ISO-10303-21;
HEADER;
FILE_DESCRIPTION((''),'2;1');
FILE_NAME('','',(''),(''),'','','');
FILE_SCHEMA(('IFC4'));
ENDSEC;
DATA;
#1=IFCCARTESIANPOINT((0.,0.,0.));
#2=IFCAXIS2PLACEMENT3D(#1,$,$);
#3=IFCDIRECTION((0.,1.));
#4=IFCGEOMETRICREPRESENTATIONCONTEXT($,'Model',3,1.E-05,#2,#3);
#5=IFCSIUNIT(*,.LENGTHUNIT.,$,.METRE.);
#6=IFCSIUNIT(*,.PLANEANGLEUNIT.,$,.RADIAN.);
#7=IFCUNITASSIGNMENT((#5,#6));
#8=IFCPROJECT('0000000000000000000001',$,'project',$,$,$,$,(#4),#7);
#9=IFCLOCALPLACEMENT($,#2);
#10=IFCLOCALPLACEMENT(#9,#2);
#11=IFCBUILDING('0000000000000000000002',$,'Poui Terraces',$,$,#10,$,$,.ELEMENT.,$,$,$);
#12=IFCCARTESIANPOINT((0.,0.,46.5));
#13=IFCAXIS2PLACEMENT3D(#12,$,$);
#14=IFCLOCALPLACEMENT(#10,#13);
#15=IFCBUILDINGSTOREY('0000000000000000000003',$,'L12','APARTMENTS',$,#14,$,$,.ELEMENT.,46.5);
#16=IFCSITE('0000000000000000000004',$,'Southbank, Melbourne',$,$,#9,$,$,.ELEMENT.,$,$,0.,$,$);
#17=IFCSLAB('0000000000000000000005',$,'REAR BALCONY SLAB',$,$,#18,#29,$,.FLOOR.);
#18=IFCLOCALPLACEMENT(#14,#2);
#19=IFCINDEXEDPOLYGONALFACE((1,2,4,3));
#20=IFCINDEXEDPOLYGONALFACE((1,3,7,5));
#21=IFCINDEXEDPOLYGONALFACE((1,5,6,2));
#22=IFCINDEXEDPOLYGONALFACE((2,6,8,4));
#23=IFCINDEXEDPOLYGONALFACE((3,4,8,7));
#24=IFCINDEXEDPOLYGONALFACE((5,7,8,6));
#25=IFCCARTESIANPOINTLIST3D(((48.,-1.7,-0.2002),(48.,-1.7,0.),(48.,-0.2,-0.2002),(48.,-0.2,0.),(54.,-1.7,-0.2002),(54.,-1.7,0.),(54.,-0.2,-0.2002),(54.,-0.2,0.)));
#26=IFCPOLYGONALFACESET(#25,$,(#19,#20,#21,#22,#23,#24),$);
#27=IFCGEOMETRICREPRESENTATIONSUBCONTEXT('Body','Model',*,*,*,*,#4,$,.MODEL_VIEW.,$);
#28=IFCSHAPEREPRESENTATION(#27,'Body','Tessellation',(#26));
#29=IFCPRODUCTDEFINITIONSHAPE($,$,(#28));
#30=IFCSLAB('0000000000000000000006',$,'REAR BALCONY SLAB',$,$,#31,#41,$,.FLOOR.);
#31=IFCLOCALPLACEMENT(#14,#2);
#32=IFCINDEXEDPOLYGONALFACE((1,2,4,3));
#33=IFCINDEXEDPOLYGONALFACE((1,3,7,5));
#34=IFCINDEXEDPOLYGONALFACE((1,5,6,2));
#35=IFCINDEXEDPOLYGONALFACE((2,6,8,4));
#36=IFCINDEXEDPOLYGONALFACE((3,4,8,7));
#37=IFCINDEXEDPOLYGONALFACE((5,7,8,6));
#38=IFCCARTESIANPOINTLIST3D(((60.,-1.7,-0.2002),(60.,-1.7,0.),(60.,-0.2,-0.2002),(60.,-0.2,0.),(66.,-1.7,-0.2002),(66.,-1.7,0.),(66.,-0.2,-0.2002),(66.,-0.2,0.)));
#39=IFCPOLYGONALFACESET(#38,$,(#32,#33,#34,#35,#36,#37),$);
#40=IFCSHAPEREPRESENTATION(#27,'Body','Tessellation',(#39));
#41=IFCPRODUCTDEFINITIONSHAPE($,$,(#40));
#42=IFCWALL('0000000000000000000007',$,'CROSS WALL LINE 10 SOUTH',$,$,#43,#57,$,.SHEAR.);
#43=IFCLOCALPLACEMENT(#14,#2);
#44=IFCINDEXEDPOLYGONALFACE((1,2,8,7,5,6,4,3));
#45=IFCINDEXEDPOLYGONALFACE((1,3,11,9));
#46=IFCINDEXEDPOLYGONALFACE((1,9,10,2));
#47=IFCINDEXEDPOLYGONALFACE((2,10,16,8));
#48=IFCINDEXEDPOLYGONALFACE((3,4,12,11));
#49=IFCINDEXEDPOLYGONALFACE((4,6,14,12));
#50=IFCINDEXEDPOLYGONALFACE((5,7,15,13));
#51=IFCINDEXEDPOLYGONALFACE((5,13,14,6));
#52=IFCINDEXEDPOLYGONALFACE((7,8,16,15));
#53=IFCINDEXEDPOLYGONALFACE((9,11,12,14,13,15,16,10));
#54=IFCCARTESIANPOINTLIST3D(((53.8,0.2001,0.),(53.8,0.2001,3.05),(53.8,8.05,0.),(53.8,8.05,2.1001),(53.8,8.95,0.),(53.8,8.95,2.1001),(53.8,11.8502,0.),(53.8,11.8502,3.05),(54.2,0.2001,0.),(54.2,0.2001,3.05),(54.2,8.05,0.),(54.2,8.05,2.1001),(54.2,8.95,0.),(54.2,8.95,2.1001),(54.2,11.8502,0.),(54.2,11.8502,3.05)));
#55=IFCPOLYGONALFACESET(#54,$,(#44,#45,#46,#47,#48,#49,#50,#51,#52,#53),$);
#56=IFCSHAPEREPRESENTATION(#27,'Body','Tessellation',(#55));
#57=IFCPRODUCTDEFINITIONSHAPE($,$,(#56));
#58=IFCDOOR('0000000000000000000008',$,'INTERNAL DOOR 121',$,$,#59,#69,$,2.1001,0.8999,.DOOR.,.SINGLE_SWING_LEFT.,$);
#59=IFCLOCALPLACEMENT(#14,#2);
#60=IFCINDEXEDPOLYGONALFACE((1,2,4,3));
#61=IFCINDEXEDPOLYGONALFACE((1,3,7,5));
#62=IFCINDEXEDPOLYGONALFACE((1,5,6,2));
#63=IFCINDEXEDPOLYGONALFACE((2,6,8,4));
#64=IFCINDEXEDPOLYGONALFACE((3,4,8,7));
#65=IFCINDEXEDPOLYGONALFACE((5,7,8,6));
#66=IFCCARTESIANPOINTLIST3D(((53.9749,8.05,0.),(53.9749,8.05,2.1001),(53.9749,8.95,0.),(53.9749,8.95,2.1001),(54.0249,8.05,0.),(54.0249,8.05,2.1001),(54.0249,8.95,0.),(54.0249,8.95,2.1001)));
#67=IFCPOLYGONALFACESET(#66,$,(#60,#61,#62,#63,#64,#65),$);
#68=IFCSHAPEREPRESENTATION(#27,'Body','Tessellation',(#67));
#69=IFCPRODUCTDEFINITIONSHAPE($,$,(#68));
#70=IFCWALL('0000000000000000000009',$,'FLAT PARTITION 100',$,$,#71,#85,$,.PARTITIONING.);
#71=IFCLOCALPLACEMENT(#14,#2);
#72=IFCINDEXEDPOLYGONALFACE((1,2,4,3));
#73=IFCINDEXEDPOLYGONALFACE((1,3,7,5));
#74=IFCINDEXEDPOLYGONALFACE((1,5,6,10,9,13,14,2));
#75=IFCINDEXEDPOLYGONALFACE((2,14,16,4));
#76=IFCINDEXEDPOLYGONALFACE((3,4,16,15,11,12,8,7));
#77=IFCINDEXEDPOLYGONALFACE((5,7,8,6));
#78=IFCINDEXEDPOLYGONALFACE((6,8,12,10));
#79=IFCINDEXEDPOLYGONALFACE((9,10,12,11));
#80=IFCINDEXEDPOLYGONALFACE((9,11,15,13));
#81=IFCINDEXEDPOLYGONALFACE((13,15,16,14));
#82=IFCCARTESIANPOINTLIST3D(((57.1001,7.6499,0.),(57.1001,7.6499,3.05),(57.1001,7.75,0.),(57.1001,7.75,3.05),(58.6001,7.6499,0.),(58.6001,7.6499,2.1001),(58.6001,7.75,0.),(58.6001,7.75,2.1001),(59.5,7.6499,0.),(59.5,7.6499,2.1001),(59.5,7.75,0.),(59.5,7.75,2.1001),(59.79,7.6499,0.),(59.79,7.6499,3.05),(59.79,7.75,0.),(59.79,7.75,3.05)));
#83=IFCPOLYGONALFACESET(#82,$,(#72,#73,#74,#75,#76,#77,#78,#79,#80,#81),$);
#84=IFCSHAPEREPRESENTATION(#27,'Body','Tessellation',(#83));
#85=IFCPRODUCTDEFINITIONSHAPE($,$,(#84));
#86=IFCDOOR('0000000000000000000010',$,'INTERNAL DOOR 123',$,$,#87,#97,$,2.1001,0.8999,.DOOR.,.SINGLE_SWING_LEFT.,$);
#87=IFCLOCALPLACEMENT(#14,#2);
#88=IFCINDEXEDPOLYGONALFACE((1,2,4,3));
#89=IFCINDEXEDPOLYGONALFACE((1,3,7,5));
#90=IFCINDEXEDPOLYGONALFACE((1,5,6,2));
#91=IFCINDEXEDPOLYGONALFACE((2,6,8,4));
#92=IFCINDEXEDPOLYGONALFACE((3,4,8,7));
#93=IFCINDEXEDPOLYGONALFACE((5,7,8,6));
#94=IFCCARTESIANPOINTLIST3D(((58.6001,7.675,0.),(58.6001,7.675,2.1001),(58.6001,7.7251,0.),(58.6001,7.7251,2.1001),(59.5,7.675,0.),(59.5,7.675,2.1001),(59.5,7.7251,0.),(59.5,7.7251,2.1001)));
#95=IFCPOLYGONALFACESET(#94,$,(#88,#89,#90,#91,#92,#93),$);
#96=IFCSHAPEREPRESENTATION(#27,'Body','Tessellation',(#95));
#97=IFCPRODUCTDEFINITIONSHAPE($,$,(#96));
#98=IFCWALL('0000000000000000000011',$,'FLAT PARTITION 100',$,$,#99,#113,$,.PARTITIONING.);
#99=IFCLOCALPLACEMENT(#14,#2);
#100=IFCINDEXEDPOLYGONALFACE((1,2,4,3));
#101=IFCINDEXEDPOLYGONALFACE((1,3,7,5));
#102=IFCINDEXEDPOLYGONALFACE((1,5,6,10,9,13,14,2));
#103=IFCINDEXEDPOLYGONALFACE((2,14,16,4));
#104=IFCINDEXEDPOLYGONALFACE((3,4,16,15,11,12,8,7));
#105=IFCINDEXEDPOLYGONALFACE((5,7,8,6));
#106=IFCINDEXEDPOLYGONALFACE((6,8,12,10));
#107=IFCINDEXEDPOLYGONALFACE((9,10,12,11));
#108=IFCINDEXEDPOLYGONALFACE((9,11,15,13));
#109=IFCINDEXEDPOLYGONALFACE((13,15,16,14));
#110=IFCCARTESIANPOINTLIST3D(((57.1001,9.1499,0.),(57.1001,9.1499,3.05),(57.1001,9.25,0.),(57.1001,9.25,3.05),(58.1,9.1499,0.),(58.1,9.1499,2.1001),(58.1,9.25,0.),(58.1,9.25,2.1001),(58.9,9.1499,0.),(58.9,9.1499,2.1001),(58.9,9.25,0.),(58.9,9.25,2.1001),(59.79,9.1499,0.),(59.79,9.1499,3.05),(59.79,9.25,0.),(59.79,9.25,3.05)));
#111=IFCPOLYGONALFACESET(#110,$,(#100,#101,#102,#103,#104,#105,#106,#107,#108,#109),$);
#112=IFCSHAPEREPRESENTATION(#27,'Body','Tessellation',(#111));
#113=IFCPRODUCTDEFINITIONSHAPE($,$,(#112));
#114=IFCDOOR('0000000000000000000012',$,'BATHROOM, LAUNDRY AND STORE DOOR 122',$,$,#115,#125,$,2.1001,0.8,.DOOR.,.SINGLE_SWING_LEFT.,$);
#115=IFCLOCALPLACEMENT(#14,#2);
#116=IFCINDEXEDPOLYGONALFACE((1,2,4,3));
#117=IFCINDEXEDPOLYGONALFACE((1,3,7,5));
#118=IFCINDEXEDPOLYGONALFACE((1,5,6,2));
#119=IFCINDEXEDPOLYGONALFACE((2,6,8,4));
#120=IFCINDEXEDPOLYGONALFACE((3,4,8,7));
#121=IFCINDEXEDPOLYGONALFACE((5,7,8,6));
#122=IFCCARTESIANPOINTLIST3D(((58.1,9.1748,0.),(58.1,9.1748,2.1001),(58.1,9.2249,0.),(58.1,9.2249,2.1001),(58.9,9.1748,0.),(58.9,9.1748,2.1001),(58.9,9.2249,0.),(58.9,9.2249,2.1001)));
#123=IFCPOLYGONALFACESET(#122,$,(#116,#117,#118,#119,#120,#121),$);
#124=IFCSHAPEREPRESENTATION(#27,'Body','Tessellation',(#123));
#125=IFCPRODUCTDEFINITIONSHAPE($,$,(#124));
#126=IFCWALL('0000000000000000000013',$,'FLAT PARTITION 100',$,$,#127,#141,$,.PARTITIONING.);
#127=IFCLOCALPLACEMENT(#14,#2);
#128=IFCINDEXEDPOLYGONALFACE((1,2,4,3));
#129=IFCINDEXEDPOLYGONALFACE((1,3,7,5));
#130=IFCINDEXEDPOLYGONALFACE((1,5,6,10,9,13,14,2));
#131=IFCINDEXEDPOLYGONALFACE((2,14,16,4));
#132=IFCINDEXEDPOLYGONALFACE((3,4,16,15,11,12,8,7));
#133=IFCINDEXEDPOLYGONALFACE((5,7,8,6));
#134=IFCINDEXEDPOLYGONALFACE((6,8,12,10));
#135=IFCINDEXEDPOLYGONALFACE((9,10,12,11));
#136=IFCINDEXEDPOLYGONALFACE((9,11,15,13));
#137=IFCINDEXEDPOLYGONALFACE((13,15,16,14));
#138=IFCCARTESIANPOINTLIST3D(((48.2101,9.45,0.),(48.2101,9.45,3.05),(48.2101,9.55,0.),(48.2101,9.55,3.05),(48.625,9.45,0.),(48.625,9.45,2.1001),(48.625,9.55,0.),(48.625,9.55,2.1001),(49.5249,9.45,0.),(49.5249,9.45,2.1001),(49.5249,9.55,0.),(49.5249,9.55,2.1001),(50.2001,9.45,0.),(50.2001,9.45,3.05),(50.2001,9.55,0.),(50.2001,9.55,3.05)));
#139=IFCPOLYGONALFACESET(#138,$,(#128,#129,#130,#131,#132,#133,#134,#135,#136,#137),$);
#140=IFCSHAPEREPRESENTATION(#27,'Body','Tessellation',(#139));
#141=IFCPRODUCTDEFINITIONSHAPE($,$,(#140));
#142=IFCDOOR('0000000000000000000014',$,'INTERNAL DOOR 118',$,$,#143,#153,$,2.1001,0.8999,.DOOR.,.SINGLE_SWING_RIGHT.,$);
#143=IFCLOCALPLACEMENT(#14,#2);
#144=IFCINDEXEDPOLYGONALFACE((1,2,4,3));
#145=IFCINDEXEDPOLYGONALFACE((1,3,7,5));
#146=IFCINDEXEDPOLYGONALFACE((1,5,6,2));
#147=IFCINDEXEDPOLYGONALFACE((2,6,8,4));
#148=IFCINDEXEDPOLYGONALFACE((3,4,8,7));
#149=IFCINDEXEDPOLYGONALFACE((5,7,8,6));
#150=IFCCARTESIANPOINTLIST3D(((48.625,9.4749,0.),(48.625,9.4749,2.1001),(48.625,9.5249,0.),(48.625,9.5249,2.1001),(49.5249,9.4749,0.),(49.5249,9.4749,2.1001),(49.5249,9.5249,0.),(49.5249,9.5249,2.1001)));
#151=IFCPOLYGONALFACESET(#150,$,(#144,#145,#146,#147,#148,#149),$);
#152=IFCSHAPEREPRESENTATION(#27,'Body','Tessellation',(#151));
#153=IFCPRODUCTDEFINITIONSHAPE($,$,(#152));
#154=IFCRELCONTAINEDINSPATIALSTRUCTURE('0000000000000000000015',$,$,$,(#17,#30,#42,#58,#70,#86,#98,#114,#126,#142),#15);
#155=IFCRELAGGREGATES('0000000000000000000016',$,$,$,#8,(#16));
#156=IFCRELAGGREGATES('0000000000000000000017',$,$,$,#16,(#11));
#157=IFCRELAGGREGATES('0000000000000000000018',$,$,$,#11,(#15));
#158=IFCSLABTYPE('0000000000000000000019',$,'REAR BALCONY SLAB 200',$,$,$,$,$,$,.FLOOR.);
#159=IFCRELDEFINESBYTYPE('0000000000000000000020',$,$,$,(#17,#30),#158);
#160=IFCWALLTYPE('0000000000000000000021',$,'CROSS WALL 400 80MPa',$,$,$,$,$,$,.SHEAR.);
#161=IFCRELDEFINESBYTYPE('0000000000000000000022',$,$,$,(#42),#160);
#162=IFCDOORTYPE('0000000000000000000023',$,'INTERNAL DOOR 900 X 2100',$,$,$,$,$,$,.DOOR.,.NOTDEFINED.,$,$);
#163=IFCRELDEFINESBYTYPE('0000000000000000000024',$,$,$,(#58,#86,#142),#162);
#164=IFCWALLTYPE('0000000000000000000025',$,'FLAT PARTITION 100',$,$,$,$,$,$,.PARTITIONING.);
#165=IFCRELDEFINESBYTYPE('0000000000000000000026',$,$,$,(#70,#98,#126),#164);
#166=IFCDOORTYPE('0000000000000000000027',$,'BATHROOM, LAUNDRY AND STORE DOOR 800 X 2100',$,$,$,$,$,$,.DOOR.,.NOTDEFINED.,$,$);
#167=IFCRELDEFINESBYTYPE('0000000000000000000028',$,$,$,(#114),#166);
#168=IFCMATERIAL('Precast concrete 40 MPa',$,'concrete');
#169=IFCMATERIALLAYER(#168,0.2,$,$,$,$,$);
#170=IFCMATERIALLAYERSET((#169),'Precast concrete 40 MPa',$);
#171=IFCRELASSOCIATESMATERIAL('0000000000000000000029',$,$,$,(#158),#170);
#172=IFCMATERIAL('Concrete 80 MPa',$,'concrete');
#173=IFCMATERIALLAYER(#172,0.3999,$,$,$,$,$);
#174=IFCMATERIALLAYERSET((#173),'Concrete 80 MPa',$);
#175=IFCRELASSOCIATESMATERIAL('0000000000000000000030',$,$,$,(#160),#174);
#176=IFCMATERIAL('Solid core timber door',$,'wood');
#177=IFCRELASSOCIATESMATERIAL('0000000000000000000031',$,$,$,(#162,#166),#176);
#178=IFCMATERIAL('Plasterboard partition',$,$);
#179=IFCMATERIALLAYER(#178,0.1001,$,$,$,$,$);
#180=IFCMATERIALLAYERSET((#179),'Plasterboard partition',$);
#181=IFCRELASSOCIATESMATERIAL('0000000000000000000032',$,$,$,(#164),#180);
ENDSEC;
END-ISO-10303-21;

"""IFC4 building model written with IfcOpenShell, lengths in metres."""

from ifc_helpers import new_model, si_unit, direction, frame, frame_2d, origin, place, context, subcontext, project, spatial, polyline, rectangle, outline, extrude, source, transform, mapped, material, layer, layer_set, type_object, element, fill, save


model = new_model("IFC4")

# Units and contexts
model_context = context("Model", 3, precision=1e-05, world=origin(), true_north=direction((0.0, 1.0)))
body_context = subcontext(model_context, "Body", "Model", "MODEL_VIEW")
ifc_project = project(units=[si_unit("LENGTHUNIT", "METRE"), si_unit("PLANEANGLEUNIT", "RADIAN")], contexts=[model_context])

# Site, building, storey
site_placement = place(None, origin())
site = spatial("IfcSite", under=ifc_project, at=site_placement, Name="Southbank, Melbourne", CompositionType="ELEMENT", RefElevation=0.0)
building_placement = place(site_placement, origin())
building = spatial("IfcBuilding", under=site, at=building_placement, Name="Poui Terraces", CompositionType="ELEMENT")
storey_placement = place(building_placement, frame((0.0, 0.0, 46.5)))
storey = spatial("IfcBuildingStorey", under=building, at=storey_placement, Name="L12", Description="APARTMENTS", CompositionType="ELEMENT", Elevation=46.5)

# Slabs
ifc_material_1 = material(Name="Precast concrete 40 MPa", Category="concrete")
ifc_layer_1 = layer(ifc_material_1, 0.2)
ifc_layer_set_1 = layer_set([ifc_layer_1], Name="Precast concrete 40 MPa")
slab_type = type_object("IfcSlabType", Name="REAR BALCONY SLAB 200", PredefinedType="FLOOR", material=ifc_layer_set_1)
shared_shape_1 = source(origin(), body_context, "Body", "SweptSolid", [
    extrude(outline(polyline([(0.0, 0.0), (6.0, 0.0), (6.0, 1.5), (0.0, 1.5), (0.0, 0.0)])), origin(), (0.0, 0.0, 1.0), 0.2002),
])
for number, where, name in (
    (1, (48.0, -1.7, -0.2002), "REAR BALCONY SLAB"),
    (2, (60.0, -1.7, -0.2002), "REAR BALCONY SLAB"),
):
    element("IfcSlab", number, at=place(storey_placement, frame(where)), inside=storey, type_object=slab_type, Name=name, PredefinedType="FLOOR", context=body_context, shape_type="MappedRepresentation", body=[
        mapped(shared_shape_1, transform((0.0, 0.0, 0.0))),
    ])

# Walls, openings, doors
ifc_material_2 = material(Name="Concrete 80 MPa", Category="concrete")
ifc_layer_2 = layer(ifc_material_2, 0.3999)
ifc_layer_set_2 = layer_set([ifc_layer_2], Name="Concrete 80 MPa")
wall_type_1 = type_object("IfcWallType", Name="CROSS WALL 400 80MPa", PredefinedType="SHEAR", material=ifc_layer_set_2)
wall_1_placement = place(storey_placement, frame((54.0, 0.2, 0.0), z_axis=(0.0, 0.0, 1.0), x_axis=(0.0, 1.0, 0.0)))
wall_1 = element("IfcWall", 3, at=wall_1_placement, inside=storey, type_object=wall_type_1, Name="CROSS WALL LINE 10 SOUTH", PredefinedType="SHEAR", context=body_context, shape_type="SweptSolid", body=[
    extrude(rectangle(XDim=11.6501, YDim=0.3999, at=frame_2d((5.8252, 0.0))), origin(), (0.0, 0.0, 1.0), 3.05),
])
opening_1_placement = place(wall_1_placement, frame((7.8501, 0.0, 0.0)))
opening_1 = element("IfcOpeningElement", 4, at=opening_1_placement, cuts=wall_1, PredefinedType="OPENING", context=body_context, shape_type="SweptSolid", body=[
    extrude(rectangle(XDim=0.8999, YDim=2.1001, at=frame_2d((0.45, 1.05))), frame((0.0, 0.21, 0.0), z_axis=(0.0, -1.0, 0.0), x_axis=(1.0, 0.0, 0.0)), (0.0, 0.0, 1.0), 0.4199),
])
ifc_material_3 = material(Name="Solid core timber door", Category="wood")
door_type_1 = type_object("IfcDoorType", Name="INTERNAL DOOR 900 X 2100", OperationType="NOTDEFINED", PredefinedType="DOOR", material=ifc_material_3)
door_1_placement = place(opening_1_placement, frame((0.8999, 0.0, 0.0), z_axis=(0.0, 0.0, 1.0), x_axis=(-1.0, 0.0, 0.0)))
door_1 = element("IfcDoor", 5, at=door_1_placement, inside=storey, type_object=door_type_1, Name="INTERNAL DOOR 121", OperationType="SINGLE_SWING_LEFT", OverallHeight=2.1001, OverallWidth=0.8999, PredefinedType="DOOR", context=body_context, shape_type="SweptSolid", body=[
    extrude(rectangle(XDim=0.8999, YDim=2.1001, at=frame_2d((0.45, 1.05))), frame((0.0, 0.0249, 0.0), z_axis=(0.0, -1.0, 0.0), x_axis=(1.0, 0.0, 0.0)), (0.0, 0.0, 1.0), 0.05),
])
fill(opening_1, door_1)
ifc_material_4 = material(Name="Plasterboard partition")
ifc_layer_3 = layer(ifc_material_4, 0.1001)
ifc_layer_set_3 = layer_set([ifc_layer_3], Name="Plasterboard partition")
wall_type_2 = type_object("IfcWallType", Name="FLAT PARTITION 100", PredefinedType="PARTITIONING", material=ifc_layer_set_3)
wall_2_placement = place(storey_placement, frame((57.1001, 7.7, 0.0), z_axis=(0.0, 0.0, 1.0), x_axis=(1.0, 0.0, 0.0)))
wall_2 = element("IfcWall", 6, at=wall_2_placement, inside=storey, type_object=wall_type_2, Name="FLAT PARTITION 100", PredefinedType="PARTITIONING", context=body_context, shape_type="SweptSolid", body=[
    extrude(rectangle(XDim=2.6899, YDim=0.1001, at=frame_2d((1.345, 0.0))), origin(), (0.0, 0.0, 1.0), 3.05),
])
opening_2_placement = place(wall_2_placement, frame((1.5, 0.0, 0.0)))
opening_2 = element("IfcOpeningElement", 7, at=opening_2_placement, cuts=wall_2, PredefinedType="OPENING", context=body_context, shape_type="SweptSolid", body=[
    extrude(rectangle(XDim=0.8999, YDim=2.1001, at=frame_2d((0.45, 1.05))), frame((0.0, 0.0601, 0.0), z_axis=(0.0, -1.0, 0.0), x_axis=(1.0, 0.0, 0.0)), (0.0, 0.0, 1.0), 0.1201),
])
door_2_placement = place(opening_2_placement, frame((0.8999, 0.0, 0.0), z_axis=(0.0, 0.0, 1.0), x_axis=(-1.0, 0.0, 0.0)))
door_2 = element("IfcDoor", 8, at=door_2_placement, inside=storey, type_object=door_type_1, Name="INTERNAL DOOR 123", OperationType="SINGLE_SWING_LEFT", OverallHeight=2.1001, OverallWidth=0.8999, PredefinedType="DOOR", context=body_context, shape_type="SweptSolid", body=[
    extrude(rectangle(XDim=0.8999, YDim=2.1001, at=frame_2d((0.45, 1.05))), frame((0.0, 0.0249, 0.0), z_axis=(0.0, -1.0, 0.0), x_axis=(1.0, 0.0, 0.0)), (0.0, 0.0, 1.0), 0.05),
])
fill(opening_2, door_2)
wall_3_placement = place(storey_placement, frame((57.1001, 9.2, 0.0), z_axis=(0.0, 0.0, 1.0), x_axis=(1.0, 0.0, 0.0)))
wall_3 = element("IfcWall", 9, at=wall_3_placement, inside=storey, type_object=wall_type_2, Name="FLAT PARTITION 100", PredefinedType="PARTITIONING", context=body_context, shape_type="SweptSolid", body=[
    extrude(rectangle(XDim=2.6899, YDim=0.1001, at=frame_2d((1.345, 0.0))), origin(), (0.0, 0.0, 1.0), 3.05),
])
opening_3_placement = place(wall_3_placement, frame((1.0, 0.0, 0.0)))
opening_3 = element("IfcOpeningElement", 10, at=opening_3_placement, cuts=wall_3, PredefinedType="OPENING", context=body_context, shape_type="SweptSolid", body=[
    extrude(rectangle(XDim=0.8, YDim=2.1001, at=frame_2d((0.3999, 1.05))), frame((0.0, 0.0601, 0.0), z_axis=(0.0, -1.0, 0.0), x_axis=(1.0, 0.0, 0.0)), (0.0, 0.0, 1.0), 0.1201),
])
door_type_2 = type_object("IfcDoorType", Name="BATHROOM, LAUNDRY AND STORE DOOR 800 X 2100", OperationType="NOTDEFINED", PredefinedType="DOOR", material=ifc_material_3)
door_3_placement = place(opening_3_placement, origin())
door_3 = element("IfcDoor", 11, at=door_3_placement, inside=storey, type_object=door_type_2, Name="BATHROOM, LAUNDRY AND STORE DOOR 122", OperationType="SINGLE_SWING_LEFT", OverallHeight=2.1001, OverallWidth=0.8, PredefinedType="DOOR", context=body_context, shape_type="SweptSolid", body=[
    extrude(rectangle(XDim=0.8, YDim=2.1001, at=frame_2d((0.3999, 1.05))), frame((0.0, 0.0249, 0.0), z_axis=(0.0, -1.0, 0.0), x_axis=(1.0, 0.0, 0.0)), (0.0, 0.0, 1.0), 0.05),
])
fill(opening_3, door_3)
wall_4_placement = place(storey_placement, frame((48.21, 9.5, 0.0), z_axis=(0.0, 0.0, 1.0), x_axis=(1.0, 0.0, 0.0)))
wall_4 = element("IfcWall", 12, at=wall_4_placement, inside=storey, type_object=wall_type_2, Name="FLAT PARTITION 100", PredefinedType="PARTITIONING", context=body_context, shape_type="SweptSolid", body=[
    extrude(rectangle(XDim=1.99, YDim=0.1001, at=frame_2d((0.9951, 0.0))), origin(), (0.0, 0.0, 1.0), 3.05),
])
opening_4_placement = place(wall_4_placement, frame((0.415, 0.0, 0.0)))
opening_4 = element("IfcOpeningElement", 13, at=opening_4_placement, cuts=wall_4, PredefinedType="OPENING", context=body_context, shape_type="SweptSolid", body=[
    extrude(rectangle(XDim=0.8999, YDim=2.1001, at=frame_2d((0.45, 1.05))), frame((0.0, 0.0601, 0.0), z_axis=(0.0, -1.0, 0.0), x_axis=(1.0, 0.0, 0.0)), (0.0, 0.0, 1.0), 0.1201),
])
door_4_placement = place(opening_4_placement, origin())
door_4 = element("IfcDoor", 14, at=door_4_placement, inside=storey, type_object=door_type_1, Name="INTERNAL DOOR 118", OperationType="SINGLE_SWING_RIGHT", OverallHeight=2.1001, OverallWidth=0.8999, PredefinedType="DOOR", context=body_context, shape_type="SweptSolid", body=[
    extrude(rectangle(XDim=0.8999, YDim=2.1001, at=frame_2d((0.45, 1.05))), frame((0.0, 0.0249, 0.0), z_axis=(0.0, -1.0, 0.0), x_axis=(1.0, 0.0, 0.0)), (0.0, 0.0, 1.0), 0.05),
])
fill(opening_4, door_4)

save(model, "model.ifc")
